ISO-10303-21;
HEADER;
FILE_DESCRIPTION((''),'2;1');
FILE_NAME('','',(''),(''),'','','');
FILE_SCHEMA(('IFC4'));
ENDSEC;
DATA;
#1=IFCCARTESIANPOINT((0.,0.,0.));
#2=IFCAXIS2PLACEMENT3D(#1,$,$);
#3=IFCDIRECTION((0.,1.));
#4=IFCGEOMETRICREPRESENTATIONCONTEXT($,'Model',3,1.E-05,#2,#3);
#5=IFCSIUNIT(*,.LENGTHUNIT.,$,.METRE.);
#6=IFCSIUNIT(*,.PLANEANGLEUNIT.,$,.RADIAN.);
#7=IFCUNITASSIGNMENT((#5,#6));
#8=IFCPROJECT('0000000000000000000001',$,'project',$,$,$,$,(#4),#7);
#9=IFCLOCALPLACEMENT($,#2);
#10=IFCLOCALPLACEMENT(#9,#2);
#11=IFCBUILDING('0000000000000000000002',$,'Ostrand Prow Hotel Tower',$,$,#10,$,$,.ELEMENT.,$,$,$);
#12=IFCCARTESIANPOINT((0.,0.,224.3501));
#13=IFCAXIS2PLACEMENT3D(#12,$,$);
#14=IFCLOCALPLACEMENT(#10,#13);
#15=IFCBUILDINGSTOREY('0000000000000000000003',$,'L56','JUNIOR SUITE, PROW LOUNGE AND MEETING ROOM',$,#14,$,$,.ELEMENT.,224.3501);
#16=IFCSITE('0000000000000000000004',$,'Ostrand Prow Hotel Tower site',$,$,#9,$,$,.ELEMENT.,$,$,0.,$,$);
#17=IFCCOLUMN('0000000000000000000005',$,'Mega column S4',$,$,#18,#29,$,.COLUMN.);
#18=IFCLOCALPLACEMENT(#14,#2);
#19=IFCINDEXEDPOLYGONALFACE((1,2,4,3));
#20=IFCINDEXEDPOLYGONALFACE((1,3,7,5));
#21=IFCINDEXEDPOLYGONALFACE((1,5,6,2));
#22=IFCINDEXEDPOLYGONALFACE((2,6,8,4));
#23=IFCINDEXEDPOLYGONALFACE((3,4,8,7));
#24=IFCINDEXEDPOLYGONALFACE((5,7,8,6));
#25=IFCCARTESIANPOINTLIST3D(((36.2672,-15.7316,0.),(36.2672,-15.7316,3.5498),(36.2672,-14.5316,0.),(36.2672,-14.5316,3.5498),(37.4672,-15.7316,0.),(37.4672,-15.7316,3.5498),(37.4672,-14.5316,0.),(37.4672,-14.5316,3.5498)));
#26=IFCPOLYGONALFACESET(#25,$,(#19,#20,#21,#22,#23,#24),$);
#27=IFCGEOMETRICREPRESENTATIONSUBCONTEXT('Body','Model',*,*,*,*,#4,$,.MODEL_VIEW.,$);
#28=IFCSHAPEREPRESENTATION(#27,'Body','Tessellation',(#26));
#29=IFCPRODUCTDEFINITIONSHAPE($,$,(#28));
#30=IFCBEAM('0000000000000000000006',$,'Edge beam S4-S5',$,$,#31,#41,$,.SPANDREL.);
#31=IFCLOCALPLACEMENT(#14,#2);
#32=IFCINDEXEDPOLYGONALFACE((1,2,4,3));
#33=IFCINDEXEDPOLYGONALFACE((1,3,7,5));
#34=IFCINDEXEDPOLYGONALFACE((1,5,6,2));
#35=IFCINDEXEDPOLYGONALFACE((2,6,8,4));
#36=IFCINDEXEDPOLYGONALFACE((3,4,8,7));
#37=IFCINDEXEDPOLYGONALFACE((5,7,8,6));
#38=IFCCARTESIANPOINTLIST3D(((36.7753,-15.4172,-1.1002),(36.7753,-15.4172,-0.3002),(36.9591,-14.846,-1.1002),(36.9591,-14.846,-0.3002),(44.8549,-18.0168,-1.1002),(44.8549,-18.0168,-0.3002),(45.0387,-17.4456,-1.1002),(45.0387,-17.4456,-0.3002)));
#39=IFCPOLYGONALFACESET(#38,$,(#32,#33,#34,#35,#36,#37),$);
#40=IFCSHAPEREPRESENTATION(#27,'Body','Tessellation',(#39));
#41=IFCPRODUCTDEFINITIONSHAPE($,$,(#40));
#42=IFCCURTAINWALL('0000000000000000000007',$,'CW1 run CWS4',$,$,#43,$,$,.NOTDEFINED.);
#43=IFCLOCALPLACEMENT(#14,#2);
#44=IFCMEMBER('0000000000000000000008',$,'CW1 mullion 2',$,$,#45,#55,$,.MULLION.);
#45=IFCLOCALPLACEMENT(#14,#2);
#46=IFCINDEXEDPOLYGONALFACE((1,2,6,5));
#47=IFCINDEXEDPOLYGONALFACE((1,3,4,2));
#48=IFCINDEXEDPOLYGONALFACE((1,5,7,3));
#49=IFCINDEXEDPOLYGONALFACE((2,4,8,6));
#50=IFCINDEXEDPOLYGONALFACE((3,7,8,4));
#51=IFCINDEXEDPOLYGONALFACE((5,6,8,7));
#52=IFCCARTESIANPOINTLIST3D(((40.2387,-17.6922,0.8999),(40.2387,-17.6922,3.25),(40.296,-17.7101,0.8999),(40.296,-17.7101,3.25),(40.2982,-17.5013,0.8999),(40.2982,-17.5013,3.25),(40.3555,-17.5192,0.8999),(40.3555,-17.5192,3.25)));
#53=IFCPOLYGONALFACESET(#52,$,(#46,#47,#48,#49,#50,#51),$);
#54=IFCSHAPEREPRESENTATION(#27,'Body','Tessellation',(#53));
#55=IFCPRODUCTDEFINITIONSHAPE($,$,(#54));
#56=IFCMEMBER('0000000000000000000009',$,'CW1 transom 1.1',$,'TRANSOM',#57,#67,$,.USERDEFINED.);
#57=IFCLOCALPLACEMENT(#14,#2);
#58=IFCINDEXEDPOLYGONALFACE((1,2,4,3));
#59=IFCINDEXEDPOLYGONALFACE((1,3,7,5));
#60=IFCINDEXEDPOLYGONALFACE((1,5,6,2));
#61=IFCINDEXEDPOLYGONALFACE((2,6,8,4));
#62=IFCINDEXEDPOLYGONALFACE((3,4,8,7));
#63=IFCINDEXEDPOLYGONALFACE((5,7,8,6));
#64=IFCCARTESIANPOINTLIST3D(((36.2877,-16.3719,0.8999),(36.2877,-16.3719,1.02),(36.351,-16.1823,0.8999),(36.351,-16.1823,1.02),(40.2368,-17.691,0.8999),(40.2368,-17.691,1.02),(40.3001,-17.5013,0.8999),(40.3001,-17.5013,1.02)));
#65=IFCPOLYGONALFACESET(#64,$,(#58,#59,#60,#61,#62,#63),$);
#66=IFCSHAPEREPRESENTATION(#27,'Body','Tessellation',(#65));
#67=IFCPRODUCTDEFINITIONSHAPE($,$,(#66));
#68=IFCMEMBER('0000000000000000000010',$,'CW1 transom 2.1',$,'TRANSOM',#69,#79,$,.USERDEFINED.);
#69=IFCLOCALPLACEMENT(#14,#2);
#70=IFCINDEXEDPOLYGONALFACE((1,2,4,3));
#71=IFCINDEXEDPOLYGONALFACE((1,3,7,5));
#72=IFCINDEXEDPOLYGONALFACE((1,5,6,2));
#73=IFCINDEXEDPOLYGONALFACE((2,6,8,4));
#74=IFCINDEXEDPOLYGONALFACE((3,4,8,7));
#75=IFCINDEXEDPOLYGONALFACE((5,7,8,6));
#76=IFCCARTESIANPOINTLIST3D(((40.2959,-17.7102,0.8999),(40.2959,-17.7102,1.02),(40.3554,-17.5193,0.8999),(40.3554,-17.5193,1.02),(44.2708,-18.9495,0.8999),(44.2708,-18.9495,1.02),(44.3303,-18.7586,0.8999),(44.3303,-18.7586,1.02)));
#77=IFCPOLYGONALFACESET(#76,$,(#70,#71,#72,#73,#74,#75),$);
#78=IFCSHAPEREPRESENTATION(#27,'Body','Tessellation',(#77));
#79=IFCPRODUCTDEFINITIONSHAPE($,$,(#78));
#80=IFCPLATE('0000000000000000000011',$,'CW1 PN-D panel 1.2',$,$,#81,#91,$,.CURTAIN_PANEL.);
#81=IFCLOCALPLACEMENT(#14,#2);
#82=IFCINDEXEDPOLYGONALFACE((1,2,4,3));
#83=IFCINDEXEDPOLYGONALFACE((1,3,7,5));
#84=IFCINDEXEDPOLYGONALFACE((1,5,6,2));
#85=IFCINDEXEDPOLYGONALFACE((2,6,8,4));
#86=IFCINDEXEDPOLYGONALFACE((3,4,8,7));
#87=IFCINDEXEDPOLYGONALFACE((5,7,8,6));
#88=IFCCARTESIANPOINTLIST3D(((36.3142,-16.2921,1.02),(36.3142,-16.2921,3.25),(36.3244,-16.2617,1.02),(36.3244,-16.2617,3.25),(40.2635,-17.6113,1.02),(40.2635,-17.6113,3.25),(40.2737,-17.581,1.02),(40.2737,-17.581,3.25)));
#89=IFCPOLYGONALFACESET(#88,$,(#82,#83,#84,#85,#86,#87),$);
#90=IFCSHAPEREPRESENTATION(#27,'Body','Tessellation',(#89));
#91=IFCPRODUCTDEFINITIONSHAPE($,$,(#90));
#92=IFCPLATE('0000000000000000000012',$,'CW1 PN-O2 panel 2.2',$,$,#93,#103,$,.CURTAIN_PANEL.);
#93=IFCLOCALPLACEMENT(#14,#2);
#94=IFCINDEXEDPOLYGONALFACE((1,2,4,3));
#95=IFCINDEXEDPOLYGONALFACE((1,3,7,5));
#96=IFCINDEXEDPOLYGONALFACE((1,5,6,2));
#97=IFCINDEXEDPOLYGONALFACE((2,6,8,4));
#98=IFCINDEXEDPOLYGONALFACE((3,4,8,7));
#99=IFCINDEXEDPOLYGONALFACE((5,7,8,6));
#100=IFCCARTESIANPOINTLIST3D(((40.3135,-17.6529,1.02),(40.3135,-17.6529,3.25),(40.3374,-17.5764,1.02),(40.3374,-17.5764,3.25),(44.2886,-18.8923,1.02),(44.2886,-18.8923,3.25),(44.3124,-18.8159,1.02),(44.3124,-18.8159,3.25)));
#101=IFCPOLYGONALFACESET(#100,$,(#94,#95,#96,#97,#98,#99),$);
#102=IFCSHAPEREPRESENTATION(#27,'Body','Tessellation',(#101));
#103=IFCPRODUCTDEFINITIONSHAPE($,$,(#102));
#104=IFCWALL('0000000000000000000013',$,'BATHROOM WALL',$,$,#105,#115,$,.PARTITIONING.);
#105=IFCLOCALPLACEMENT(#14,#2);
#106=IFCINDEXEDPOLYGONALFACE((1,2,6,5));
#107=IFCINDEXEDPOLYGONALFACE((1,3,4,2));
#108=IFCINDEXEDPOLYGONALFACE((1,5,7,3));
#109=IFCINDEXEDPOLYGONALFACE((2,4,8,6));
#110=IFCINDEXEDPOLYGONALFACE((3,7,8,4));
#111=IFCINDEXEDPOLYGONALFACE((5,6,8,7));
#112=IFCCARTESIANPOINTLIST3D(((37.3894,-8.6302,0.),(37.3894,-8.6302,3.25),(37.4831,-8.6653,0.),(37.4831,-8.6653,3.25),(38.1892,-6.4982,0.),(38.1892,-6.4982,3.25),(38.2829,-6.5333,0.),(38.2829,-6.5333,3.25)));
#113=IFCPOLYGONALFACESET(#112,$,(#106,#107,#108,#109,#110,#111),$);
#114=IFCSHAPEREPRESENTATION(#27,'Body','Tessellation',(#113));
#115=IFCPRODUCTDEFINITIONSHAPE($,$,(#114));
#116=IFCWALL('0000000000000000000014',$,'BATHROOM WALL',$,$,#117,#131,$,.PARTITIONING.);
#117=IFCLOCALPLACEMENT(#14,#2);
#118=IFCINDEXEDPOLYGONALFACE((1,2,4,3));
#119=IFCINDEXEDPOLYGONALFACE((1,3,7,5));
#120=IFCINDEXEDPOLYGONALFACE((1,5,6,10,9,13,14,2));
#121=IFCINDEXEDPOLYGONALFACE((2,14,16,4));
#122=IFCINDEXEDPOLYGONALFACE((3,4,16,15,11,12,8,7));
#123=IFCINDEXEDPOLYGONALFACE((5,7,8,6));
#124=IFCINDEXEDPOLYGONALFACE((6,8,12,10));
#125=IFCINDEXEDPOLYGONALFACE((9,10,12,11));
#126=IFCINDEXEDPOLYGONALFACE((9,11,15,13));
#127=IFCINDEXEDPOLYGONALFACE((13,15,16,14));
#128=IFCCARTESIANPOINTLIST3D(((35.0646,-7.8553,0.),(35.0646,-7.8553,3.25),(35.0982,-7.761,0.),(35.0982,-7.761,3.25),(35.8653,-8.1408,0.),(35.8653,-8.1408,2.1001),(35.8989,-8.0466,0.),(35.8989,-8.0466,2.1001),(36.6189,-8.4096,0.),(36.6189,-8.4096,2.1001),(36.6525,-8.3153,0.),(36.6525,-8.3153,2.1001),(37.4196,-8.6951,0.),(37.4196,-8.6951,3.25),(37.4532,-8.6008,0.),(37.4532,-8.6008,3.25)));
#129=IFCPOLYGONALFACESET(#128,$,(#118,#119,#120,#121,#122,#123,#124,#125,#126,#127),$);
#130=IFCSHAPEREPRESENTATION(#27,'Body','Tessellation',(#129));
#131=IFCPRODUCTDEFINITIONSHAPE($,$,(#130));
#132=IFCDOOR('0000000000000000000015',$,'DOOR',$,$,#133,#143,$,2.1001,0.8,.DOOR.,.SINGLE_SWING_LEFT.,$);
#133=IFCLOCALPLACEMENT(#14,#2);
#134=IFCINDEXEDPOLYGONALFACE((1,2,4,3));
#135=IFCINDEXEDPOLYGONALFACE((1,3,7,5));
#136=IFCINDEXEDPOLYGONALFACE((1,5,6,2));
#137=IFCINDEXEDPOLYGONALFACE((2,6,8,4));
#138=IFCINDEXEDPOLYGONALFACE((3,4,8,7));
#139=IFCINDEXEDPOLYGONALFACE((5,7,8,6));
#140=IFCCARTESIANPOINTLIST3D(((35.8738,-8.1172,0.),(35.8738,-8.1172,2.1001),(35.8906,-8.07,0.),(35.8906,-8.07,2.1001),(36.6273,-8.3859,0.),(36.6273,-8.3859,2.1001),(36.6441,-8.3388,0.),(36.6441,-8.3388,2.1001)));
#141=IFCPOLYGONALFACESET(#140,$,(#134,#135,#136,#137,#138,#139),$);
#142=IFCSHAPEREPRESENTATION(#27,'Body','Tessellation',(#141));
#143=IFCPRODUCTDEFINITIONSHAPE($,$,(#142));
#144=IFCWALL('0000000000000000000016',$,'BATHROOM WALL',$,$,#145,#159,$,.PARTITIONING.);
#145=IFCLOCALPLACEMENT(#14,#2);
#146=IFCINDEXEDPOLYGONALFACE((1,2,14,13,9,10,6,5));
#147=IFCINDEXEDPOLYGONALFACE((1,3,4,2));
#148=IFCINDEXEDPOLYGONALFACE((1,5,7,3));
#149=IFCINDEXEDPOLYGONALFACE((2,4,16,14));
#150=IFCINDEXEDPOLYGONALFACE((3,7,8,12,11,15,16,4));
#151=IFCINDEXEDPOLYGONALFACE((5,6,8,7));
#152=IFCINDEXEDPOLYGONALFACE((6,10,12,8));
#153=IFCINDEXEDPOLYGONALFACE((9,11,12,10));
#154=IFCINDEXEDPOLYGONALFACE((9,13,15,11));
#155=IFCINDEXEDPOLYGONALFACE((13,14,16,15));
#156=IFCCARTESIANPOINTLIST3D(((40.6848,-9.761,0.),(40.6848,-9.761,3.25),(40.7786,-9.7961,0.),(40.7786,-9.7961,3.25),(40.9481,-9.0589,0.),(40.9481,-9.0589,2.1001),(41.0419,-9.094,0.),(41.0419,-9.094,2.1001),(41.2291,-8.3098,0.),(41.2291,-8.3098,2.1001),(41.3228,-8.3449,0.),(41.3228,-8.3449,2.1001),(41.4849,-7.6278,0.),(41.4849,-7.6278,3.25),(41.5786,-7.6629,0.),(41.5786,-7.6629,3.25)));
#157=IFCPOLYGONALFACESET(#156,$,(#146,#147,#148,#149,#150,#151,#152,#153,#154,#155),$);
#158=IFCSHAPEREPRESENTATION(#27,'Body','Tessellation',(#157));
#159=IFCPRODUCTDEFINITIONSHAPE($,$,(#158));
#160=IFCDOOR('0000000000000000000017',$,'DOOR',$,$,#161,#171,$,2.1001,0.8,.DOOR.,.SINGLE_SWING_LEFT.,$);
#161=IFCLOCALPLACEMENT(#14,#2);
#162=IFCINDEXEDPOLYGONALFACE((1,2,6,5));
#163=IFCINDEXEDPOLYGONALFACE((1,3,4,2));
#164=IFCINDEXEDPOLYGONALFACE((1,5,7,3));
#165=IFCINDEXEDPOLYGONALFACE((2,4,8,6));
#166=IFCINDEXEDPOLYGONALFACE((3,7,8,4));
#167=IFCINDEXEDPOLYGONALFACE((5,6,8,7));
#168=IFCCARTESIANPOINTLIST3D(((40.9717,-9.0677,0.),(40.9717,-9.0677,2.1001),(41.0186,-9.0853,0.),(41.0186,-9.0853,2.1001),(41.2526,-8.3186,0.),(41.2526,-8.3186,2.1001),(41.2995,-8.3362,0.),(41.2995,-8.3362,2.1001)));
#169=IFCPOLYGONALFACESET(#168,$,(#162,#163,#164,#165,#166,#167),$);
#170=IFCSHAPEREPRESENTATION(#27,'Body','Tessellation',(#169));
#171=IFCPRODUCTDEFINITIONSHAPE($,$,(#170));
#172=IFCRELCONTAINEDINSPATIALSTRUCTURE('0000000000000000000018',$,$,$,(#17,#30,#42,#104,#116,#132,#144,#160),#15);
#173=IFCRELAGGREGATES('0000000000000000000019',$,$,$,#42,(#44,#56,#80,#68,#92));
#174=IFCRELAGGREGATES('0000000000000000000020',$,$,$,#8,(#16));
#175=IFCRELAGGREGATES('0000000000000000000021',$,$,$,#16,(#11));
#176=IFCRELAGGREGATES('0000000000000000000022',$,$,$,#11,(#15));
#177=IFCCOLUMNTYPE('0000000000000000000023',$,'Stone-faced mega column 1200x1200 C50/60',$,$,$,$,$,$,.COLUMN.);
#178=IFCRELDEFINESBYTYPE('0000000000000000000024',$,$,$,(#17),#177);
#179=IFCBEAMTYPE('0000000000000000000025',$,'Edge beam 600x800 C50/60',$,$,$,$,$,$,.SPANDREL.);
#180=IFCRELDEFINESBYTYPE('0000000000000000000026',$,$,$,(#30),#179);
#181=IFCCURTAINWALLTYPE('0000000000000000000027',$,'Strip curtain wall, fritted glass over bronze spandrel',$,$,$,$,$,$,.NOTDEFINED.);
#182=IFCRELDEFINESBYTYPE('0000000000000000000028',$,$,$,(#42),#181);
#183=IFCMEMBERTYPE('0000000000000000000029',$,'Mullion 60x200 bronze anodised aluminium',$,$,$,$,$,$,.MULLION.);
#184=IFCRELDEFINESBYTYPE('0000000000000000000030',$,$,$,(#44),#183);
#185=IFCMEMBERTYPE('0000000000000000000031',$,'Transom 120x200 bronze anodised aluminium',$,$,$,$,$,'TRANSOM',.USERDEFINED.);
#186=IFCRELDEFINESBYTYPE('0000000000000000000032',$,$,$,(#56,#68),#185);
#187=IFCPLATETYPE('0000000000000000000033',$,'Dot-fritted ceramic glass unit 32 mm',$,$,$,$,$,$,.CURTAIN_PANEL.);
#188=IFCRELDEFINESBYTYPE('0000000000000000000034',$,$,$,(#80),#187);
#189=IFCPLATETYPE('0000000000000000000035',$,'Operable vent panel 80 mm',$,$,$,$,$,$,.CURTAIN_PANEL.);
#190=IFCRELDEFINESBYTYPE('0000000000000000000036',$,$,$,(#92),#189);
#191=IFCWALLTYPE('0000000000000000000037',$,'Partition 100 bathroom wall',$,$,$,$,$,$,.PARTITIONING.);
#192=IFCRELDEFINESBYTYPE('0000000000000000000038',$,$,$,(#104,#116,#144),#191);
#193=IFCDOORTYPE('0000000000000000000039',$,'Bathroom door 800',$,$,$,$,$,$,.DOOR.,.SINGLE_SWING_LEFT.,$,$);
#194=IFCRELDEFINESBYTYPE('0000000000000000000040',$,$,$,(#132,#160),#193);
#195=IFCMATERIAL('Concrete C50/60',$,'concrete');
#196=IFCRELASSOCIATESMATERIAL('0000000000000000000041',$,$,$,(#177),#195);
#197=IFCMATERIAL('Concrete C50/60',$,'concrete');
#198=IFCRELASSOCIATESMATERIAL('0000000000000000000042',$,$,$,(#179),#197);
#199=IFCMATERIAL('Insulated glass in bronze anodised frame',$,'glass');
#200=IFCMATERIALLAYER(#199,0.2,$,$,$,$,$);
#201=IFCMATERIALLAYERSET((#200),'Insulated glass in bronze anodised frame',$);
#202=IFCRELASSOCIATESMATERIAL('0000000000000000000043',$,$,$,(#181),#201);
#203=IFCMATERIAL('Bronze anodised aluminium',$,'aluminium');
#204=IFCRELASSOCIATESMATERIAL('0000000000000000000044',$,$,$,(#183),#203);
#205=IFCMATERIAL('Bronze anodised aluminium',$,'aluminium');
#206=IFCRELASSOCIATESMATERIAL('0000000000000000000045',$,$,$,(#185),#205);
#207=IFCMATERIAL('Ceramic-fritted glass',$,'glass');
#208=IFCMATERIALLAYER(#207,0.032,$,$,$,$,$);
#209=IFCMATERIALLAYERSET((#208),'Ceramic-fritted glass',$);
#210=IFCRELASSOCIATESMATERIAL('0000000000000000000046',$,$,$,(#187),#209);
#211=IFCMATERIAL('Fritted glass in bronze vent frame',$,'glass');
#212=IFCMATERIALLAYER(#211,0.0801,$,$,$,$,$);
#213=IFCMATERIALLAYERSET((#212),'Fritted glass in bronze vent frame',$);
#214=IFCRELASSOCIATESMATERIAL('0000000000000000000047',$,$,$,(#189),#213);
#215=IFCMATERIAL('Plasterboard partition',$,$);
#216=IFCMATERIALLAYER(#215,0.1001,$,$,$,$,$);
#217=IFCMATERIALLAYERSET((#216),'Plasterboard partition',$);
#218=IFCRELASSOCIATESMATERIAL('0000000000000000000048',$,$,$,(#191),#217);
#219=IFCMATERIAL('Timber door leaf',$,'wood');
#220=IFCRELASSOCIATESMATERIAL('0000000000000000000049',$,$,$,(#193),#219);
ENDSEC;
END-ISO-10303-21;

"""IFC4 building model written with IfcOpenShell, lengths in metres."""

from ifc_helpers import new_model, si_unit, direction, frame, frame_2d, origin, origin_2d, place, context, subcontext, project, spatial, rectangle, extrude, material, layer, layer_set, material_profile, profile_set, type_object, element, fill, aggregate, save


model = new_model("IFC4")

# Units and contexts
model_context = context("Model", 3, precision=1e-05, world=origin(), true_north=direction((0.0, 1.0)))
body_context = subcontext(model_context, "Body", "Model", "MODEL_VIEW")
ifc_project = project(units=[si_unit("LENGTHUNIT", "METRE"), si_unit("PLANEANGLEUNIT", "RADIAN")], contexts=[model_context])

# Site, building, storey
site_placement = place(None, origin())
site = spatial("IfcSite", under=ifc_project, at=site_placement, Name="Ostrand Prow Hotel Tower site", CompositionType="ELEMENT", RefElevation=0.0)
building_placement = place(site_placement, origin())
building = spatial("IfcBuilding", under=site, at=building_placement, Name="Ostrand Prow Hotel Tower", CompositionType="ELEMENT")
storey_placement = place(building_placement, frame((0.0, 0.0, 224.3501)))
storey = spatial("IfcBuildingStorey", under=building, at=storey_placement, Name="L56", Description="JUNIOR SUITE, PROW LOUNGE AND MEETING ROOM", CompositionType="ELEMENT", Elevation=224.3501)

# Column
ifc_material_1 = material(Name="Concrete C50/60", Category="concrete")
ifc_material_profile_1 = material_profile(ifc_material_1, rectangle(XDim=1.2, YDim=1.2, at=origin_2d()), Name="RC 1200x1200")
ifc_profile_set_1 = profile_set([ifc_material_profile_1], Name="Concrete C50/60")
column_type = type_object("IfcColumnType", Name="Stone-faced mega column 1200x1200 C50/60", PredefinedType="COLUMN", material=ifc_profile_set_1)
column_placement = place(storey_placement, frame((36.8672, -15.1316, 0.0), z_axis=(0.0, 0.0, 1.0), x_axis=(1.0, 0.0, 0.0)))
element("IfcColumn", 1, at=column_placement, inside=storey, type_object=column_type, Name="Mega column S4", PredefinedType="COLUMN", context=body_context, shape_type="SweptSolid", body=[
    extrude(rectangle(XDim=1.2, YDim=1.2, at=origin_2d()), origin(), (0.0, 0.0, 1.0), 3.5498),
])

# Beam
ifc_material_2 = material(Name="Concrete C50/60", Category="concrete")
ifc_material_profile_2 = material_profile(ifc_material_2, rectangle(XDim=0.6001, YDim=0.8, at=origin_2d()), Name="RC 600x800")
ifc_profile_set_2 = profile_set([ifc_material_profile_2], Name="Concrete C50/60")
beam_type = type_object("IfcBeamType", Name="Edge beam 600x800 C50/60", PredefinedType="SPANDREL", material=ifc_profile_set_2)
beam_placement = place(storey_placement, frame((36.8672, -15.1316, -0.7002), z_axis=(0.951939, -0.306287, 0.0), x_axis=(0.306287, 0.951939, 0.0)))
element("IfcBeam", 2, at=beam_placement, inside=storey, type_object=beam_type, Name="Edge beam S4-S5", PredefinedType="SPANDREL", context=body_context, shape_type="SweptSolid", body=[
    extrude(rectangle(XDim=0.6001, YDim=0.8, at=origin_2d()), origin(), (0.0, 0.0, 1.0), 8.4875),
])

# Curtain wall, members, plates
ifc_material_3 = material(Name="Insulated glass in bronze anodised frame", Category="glass")
ifc_layer_1 = layer(ifc_material_3, 0.2)
ifc_layer_set_1 = layer_set([ifc_layer_1], Name="Insulated glass in bronze anodised frame")
curtain_wall_type = type_object("IfcCurtainWallType", Name="Strip curtain wall, fritted glass over bronze spandrel", PredefinedType="NOTDEFINED", material=ifc_layer_set_1)
curtain_wall_placement = place(storey_placement, origin())
curtain_wall = element("IfcCurtainWall", 3, at=curtain_wall_placement, inside=storey, type_object=curtain_wall_type, Name="CW1 run CWS4", PredefinedType="NOTDEFINED")
ifc_material_4 = material(Name="Bronze anodised aluminium", Category="aluminium")
ifc_material_profile_3 = material_profile(ifc_material_4, rectangle(XDim=0.2, YDim=0.0601, at=origin_2d()), Name="Mullion 60x200 bronze anodised aluminium")
ifc_profile_set_3 = profile_set([ifc_material_profile_3], Name="Bronze anodised aluminium")
member_type_1 = type_object("IfcMemberType", Name="Mullion 60x200 bronze anodised aluminium", PredefinedType="MULLION", material=ifc_profile_set_3)
member_1_placement = place(storey_placement, frame((40.2971, -17.6057, 0.8999), z_axis=(0.0, 0.0, 1.0), x_axis=(0.297678, 0.954666, 0.0)))
member_1 = element("IfcMember", 4, at=member_1_placement, type_object=member_type_1, Name="CW1 mullion 2", PredefinedType="MULLION", context=body_context, shape_type="SweptSolid", body=[
    extrude(rectangle(XDim=0.2, YDim=0.0601, at=origin_2d()), origin(), (0.0, 0.0, 1.0), 2.3501),
])
ifc_material_5 = material(Name="Bronze anodised aluminium", Category="aluminium")
ifc_material_profile_4 = material_profile(ifc_material_5, rectangle(XDim=0.2, YDim=0.1201, at=origin_2d()), Name="Transom 120x200 bronze anodised aluminium")
ifc_profile_set_4 = profile_set([ifc_material_profile_4], Name="Bronze anodised aluminium")
member_type_2 = type_object("IfcMemberType", Name="Transom 120x200 bronze anodised aluminium", ElementType="TRANSOM", PredefinedType="USERDEFINED", material=ifc_profile_set_4)
member_2_placement = place(storey_placement, frame((36.3193, -16.2771, 0.96), z_axis=(0.94849, -0.316808, 0.0), x_axis=(0.316808, 0.94849, 0.0)))
member_2 = element("IfcMember", 5, at=member_2_placement, type_object=member_type_2, Name="CW1 transom 1.1", ObjectType="TRANSOM", PredefinedType="USERDEFINED", context=body_context, shape_type="SweptSolid", body=[
    extrude(rectangle(XDim=0.2, YDim=0.1201, at=origin_2d()), origin(), (0.0, 0.0, 1.0), 4.1636),
])
member_3_placement = place(storey_placement, frame((40.3257, -17.6147, 0.96), z_axis=(0.954677, -0.297644, 0.0), x_axis=(0.297644, 0.954677, 0.0)))
member_3 = element("IfcMember", 6, at=member_3_placement, type_object=member_type_2, Name="CW1 transom 2.1", ObjectType="TRANSOM", PredefinedType="USERDEFINED", context=body_context, shape_type="SweptSolid", body=[
    extrude(rectangle(XDim=0.2, YDim=0.1201, at=origin_2d()), origin(), (0.0, 0.0, 1.0), 4.1636),
])
ifc_material_6 = material(Name="Ceramic-fritted glass", Category="glass")
ifc_layer_2 = layer(ifc_material_6, 0.032)
ifc_layer_set_2 = layer_set([ifc_layer_2], Name="Ceramic-fritted glass")
plate_type_1 = type_object("IfcPlateType", Name="Dot-fritted ceramic glass unit 32 mm", PredefinedType="CURTAIN_PANEL", material=ifc_layer_set_2)
plate_1_placement = place(storey_placement, frame((38.2939, -16.9365, 1.02), z_axis=(0.0, 0.0, 1.0), x_axis=(0.948479, -0.316841, 0.0)))
plate_1 = element("IfcPlate", 7, at=plate_1_placement, type_object=plate_type_1, Name="CW1 PN-D panel 1.2", PredefinedType="CURTAIN_PANEL", context=body_context, shape_type="SweptSolid", body=[
    extrude(rectangle(XDim=4.1638, YDim=0.032, at=origin_2d()), origin(), (0.0, 0.0, 1.0), 2.23),
])
ifc_material_7 = material(Name="Fritted glass in bronze vent frame", Category="glass")
ifc_layer_3 = layer(ifc_material_7, 0.0801)
ifc_layer_set_3 = layer_set([ifc_layer_3], Name="Fritted glass in bronze vent frame")
plate_type_2 = type_object("IfcPlateType", Name="Operable vent panel 80 mm", PredefinedType="CURTAIN_PANEL", material=ifc_layer_set_3)
plate_2_placement = place(storey_placement, frame((42.313, -18.2344, 1.02), z_axis=(0.0, 0.0, 1.0), x_axis=(0.954666, -0.297678, 0.0)))
plate_2 = element("IfcPlate", 8, at=plate_2_placement, type_object=plate_type_2, Name="CW1 PN-O2 panel 2.2", PredefinedType="CURTAIN_PANEL", context=body_context, shape_type="SweptSolid", body=[
    extrude(rectangle(XDim=4.1638, YDim=0.0801, at=origin_2d()), origin(), (0.0, 0.0, 1.0), 2.23),
])
aggregate(curtain_wall, [member_1, member_2, plate_1, member_3, plate_2])

# Wall
ifc_material_8 = material(Name="Plasterboard partition")
ifc_layer_4 = layer(ifc_material_8, 0.1001)
ifc_layer_set_4 = layer_set([ifc_layer_4], Name="Plasterboard partition")
wall_type_1 = type_object("IfcWallType", Name="Partition 100 bathroom wall", PredefinedType="PARTITIONING", material=ifc_layer_set_4)
wall_1_placement = place(storey_placement, frame((38.2361, -6.5156, 0.0), z_axis=(0.0, 0.0, 1.0), x_axis=(-0.351229, -0.93629, 0.0)))
element("IfcWall", 9, at=wall_1_placement, inside=storey, type_object=wall_type_1, Name="BATHROOM WALL", PredefinedType="PARTITIONING", context=body_context, shape_type="SweptSolid", body=[
    extrude(rectangle(XDim=2.2771, YDim=0.1001, at=frame_2d((1.1387, 0.0))), origin(), (0.0, 0.0, 1.0), 3.25),
])

# Walls, openings, doors
wall_2_placement = place(storey_placement, frame((37.4363, -8.6479, 0.0), z_axis=(0.0, 0.0, 1.0), x_axis=(-0.941896, 0.335903, 0.0)))
wall_2 = element("IfcWall", 10, at=wall_2_placement, inside=storey, type_object=wall_type_1, Name="BATHROOM WALL", PredefinedType="PARTITIONING", context=body_context, shape_type="SweptSolid", body=[
    extrude(rectangle(XDim=2.5002, YDim=0.1001, at=frame_2d((1.25, 0.0))), origin(), (0.0, 0.0, 1.0), 3.25),
])
opening_1_placement = place(wall_2_placement, frame((0.8501, 0.0, 0.0)))
opening_1 = element("IfcOpeningElement", 11, at=opening_1_placement, cuts=wall_2, PredefinedType="OPENING", context=body_context, shape_type="SweptSolid", body=[
    extrude(rectangle(XDim=0.8, YDim=2.1001, at=frame_2d((0.3999, 1.05))), frame((0.0, 0.0601, 0.0), z_axis=(0.0, -1.0, 0.0), x_axis=(1.0, 0.0, 0.0)), (0.0, 0.0, 1.0), 0.1201),
])
ifc_material_9 = material(Name="Timber door leaf", Category="wood")
door_type_1 = type_object("IfcDoorType", Name="Bathroom door 800", OperationType="SINGLE_SWING_LEFT", PredefinedType="DOOR", material=ifc_material_9)
door_1_placement = place(opening_1_placement, origin())
door_1 = element("IfcDoor", 12, at=door_1_placement, inside=storey, type_object=door_type_1, Name="DOOR", OperationType="SINGLE_SWING_LEFT", OverallHeight=2.1001, OverallWidth=0.8, PredefinedType="DOOR", context=body_context, shape_type="SweptSolid", body=[
    extrude(rectangle(XDim=0.8, YDim=2.1001, at=frame_2d((0.3999, 1.05))), frame((0.0, 0.0249, 0.0), z_axis=(0.0, -1.0, 0.0), x_axis=(1.0, 0.0, 0.0)), (0.0, 0.0, 1.0), 0.05),
])
fill(opening_1, door_1)
wall_3_placement = place(storey_placement, frame((40.7317, -9.7786, 0.0), z_axis=(0.0, 0.0, 1.0), x_axis=(0.351147, 0.93632, 0.0)))
wall_3 = element("IfcWall", 13, at=wall_3_placement, inside=storey, type_object=wall_type_1, Name="BATHROOM WALL", PredefinedType="PARTITIONING", context=body_context, shape_type="SweptSolid", body=[
    extrude(rectangle(XDim=2.2783, YDim=0.1001, at=frame_2d((1.1392, 0.0))), origin(), (0.0, 0.0, 1.0), 3.25),
])
opening_2_placement = place(wall_3_placement, frame((0.75, 0.0, 0.0)))
opening_2 = element("IfcOpeningElement", 14, at=opening_2_placement, cuts=wall_3, PredefinedType="OPENING", context=body_context, shape_type="SweptSolid", body=[
    extrude(rectangle(XDim=0.8, YDim=2.1001, at=frame_2d((0.3999, 1.05))), frame((0.0, 0.0601, 0.0), z_axis=(0.0, -1.0, 0.0), x_axis=(1.0, 0.0, 0.0)), (0.0, 0.0, 1.0), 0.1201),
])
door_2_placement = place(opening_2_placement, origin())
door_2 = element("IfcDoor", 15, at=door_2_placement, inside=storey, type_object=door_type_1, Name="DOOR", OperationType="SINGLE_SWING_LEFT", OverallHeight=2.1001, OverallWidth=0.8, PredefinedType="DOOR", context=body_context, shape_type="SweptSolid", body=[
    extrude(rectangle(XDim=0.8, YDim=2.1001, at=frame_2d((0.3999, 1.05))), frame((0.0, 0.0249, 0.0), z_axis=(0.0, -1.0, 0.0), x_axis=(1.0, 0.0, 0.0)), (0.0, 0.0, 1.0), 0.05),
])
fill(opening_2, door_2)

save(model, "model.ifc")
